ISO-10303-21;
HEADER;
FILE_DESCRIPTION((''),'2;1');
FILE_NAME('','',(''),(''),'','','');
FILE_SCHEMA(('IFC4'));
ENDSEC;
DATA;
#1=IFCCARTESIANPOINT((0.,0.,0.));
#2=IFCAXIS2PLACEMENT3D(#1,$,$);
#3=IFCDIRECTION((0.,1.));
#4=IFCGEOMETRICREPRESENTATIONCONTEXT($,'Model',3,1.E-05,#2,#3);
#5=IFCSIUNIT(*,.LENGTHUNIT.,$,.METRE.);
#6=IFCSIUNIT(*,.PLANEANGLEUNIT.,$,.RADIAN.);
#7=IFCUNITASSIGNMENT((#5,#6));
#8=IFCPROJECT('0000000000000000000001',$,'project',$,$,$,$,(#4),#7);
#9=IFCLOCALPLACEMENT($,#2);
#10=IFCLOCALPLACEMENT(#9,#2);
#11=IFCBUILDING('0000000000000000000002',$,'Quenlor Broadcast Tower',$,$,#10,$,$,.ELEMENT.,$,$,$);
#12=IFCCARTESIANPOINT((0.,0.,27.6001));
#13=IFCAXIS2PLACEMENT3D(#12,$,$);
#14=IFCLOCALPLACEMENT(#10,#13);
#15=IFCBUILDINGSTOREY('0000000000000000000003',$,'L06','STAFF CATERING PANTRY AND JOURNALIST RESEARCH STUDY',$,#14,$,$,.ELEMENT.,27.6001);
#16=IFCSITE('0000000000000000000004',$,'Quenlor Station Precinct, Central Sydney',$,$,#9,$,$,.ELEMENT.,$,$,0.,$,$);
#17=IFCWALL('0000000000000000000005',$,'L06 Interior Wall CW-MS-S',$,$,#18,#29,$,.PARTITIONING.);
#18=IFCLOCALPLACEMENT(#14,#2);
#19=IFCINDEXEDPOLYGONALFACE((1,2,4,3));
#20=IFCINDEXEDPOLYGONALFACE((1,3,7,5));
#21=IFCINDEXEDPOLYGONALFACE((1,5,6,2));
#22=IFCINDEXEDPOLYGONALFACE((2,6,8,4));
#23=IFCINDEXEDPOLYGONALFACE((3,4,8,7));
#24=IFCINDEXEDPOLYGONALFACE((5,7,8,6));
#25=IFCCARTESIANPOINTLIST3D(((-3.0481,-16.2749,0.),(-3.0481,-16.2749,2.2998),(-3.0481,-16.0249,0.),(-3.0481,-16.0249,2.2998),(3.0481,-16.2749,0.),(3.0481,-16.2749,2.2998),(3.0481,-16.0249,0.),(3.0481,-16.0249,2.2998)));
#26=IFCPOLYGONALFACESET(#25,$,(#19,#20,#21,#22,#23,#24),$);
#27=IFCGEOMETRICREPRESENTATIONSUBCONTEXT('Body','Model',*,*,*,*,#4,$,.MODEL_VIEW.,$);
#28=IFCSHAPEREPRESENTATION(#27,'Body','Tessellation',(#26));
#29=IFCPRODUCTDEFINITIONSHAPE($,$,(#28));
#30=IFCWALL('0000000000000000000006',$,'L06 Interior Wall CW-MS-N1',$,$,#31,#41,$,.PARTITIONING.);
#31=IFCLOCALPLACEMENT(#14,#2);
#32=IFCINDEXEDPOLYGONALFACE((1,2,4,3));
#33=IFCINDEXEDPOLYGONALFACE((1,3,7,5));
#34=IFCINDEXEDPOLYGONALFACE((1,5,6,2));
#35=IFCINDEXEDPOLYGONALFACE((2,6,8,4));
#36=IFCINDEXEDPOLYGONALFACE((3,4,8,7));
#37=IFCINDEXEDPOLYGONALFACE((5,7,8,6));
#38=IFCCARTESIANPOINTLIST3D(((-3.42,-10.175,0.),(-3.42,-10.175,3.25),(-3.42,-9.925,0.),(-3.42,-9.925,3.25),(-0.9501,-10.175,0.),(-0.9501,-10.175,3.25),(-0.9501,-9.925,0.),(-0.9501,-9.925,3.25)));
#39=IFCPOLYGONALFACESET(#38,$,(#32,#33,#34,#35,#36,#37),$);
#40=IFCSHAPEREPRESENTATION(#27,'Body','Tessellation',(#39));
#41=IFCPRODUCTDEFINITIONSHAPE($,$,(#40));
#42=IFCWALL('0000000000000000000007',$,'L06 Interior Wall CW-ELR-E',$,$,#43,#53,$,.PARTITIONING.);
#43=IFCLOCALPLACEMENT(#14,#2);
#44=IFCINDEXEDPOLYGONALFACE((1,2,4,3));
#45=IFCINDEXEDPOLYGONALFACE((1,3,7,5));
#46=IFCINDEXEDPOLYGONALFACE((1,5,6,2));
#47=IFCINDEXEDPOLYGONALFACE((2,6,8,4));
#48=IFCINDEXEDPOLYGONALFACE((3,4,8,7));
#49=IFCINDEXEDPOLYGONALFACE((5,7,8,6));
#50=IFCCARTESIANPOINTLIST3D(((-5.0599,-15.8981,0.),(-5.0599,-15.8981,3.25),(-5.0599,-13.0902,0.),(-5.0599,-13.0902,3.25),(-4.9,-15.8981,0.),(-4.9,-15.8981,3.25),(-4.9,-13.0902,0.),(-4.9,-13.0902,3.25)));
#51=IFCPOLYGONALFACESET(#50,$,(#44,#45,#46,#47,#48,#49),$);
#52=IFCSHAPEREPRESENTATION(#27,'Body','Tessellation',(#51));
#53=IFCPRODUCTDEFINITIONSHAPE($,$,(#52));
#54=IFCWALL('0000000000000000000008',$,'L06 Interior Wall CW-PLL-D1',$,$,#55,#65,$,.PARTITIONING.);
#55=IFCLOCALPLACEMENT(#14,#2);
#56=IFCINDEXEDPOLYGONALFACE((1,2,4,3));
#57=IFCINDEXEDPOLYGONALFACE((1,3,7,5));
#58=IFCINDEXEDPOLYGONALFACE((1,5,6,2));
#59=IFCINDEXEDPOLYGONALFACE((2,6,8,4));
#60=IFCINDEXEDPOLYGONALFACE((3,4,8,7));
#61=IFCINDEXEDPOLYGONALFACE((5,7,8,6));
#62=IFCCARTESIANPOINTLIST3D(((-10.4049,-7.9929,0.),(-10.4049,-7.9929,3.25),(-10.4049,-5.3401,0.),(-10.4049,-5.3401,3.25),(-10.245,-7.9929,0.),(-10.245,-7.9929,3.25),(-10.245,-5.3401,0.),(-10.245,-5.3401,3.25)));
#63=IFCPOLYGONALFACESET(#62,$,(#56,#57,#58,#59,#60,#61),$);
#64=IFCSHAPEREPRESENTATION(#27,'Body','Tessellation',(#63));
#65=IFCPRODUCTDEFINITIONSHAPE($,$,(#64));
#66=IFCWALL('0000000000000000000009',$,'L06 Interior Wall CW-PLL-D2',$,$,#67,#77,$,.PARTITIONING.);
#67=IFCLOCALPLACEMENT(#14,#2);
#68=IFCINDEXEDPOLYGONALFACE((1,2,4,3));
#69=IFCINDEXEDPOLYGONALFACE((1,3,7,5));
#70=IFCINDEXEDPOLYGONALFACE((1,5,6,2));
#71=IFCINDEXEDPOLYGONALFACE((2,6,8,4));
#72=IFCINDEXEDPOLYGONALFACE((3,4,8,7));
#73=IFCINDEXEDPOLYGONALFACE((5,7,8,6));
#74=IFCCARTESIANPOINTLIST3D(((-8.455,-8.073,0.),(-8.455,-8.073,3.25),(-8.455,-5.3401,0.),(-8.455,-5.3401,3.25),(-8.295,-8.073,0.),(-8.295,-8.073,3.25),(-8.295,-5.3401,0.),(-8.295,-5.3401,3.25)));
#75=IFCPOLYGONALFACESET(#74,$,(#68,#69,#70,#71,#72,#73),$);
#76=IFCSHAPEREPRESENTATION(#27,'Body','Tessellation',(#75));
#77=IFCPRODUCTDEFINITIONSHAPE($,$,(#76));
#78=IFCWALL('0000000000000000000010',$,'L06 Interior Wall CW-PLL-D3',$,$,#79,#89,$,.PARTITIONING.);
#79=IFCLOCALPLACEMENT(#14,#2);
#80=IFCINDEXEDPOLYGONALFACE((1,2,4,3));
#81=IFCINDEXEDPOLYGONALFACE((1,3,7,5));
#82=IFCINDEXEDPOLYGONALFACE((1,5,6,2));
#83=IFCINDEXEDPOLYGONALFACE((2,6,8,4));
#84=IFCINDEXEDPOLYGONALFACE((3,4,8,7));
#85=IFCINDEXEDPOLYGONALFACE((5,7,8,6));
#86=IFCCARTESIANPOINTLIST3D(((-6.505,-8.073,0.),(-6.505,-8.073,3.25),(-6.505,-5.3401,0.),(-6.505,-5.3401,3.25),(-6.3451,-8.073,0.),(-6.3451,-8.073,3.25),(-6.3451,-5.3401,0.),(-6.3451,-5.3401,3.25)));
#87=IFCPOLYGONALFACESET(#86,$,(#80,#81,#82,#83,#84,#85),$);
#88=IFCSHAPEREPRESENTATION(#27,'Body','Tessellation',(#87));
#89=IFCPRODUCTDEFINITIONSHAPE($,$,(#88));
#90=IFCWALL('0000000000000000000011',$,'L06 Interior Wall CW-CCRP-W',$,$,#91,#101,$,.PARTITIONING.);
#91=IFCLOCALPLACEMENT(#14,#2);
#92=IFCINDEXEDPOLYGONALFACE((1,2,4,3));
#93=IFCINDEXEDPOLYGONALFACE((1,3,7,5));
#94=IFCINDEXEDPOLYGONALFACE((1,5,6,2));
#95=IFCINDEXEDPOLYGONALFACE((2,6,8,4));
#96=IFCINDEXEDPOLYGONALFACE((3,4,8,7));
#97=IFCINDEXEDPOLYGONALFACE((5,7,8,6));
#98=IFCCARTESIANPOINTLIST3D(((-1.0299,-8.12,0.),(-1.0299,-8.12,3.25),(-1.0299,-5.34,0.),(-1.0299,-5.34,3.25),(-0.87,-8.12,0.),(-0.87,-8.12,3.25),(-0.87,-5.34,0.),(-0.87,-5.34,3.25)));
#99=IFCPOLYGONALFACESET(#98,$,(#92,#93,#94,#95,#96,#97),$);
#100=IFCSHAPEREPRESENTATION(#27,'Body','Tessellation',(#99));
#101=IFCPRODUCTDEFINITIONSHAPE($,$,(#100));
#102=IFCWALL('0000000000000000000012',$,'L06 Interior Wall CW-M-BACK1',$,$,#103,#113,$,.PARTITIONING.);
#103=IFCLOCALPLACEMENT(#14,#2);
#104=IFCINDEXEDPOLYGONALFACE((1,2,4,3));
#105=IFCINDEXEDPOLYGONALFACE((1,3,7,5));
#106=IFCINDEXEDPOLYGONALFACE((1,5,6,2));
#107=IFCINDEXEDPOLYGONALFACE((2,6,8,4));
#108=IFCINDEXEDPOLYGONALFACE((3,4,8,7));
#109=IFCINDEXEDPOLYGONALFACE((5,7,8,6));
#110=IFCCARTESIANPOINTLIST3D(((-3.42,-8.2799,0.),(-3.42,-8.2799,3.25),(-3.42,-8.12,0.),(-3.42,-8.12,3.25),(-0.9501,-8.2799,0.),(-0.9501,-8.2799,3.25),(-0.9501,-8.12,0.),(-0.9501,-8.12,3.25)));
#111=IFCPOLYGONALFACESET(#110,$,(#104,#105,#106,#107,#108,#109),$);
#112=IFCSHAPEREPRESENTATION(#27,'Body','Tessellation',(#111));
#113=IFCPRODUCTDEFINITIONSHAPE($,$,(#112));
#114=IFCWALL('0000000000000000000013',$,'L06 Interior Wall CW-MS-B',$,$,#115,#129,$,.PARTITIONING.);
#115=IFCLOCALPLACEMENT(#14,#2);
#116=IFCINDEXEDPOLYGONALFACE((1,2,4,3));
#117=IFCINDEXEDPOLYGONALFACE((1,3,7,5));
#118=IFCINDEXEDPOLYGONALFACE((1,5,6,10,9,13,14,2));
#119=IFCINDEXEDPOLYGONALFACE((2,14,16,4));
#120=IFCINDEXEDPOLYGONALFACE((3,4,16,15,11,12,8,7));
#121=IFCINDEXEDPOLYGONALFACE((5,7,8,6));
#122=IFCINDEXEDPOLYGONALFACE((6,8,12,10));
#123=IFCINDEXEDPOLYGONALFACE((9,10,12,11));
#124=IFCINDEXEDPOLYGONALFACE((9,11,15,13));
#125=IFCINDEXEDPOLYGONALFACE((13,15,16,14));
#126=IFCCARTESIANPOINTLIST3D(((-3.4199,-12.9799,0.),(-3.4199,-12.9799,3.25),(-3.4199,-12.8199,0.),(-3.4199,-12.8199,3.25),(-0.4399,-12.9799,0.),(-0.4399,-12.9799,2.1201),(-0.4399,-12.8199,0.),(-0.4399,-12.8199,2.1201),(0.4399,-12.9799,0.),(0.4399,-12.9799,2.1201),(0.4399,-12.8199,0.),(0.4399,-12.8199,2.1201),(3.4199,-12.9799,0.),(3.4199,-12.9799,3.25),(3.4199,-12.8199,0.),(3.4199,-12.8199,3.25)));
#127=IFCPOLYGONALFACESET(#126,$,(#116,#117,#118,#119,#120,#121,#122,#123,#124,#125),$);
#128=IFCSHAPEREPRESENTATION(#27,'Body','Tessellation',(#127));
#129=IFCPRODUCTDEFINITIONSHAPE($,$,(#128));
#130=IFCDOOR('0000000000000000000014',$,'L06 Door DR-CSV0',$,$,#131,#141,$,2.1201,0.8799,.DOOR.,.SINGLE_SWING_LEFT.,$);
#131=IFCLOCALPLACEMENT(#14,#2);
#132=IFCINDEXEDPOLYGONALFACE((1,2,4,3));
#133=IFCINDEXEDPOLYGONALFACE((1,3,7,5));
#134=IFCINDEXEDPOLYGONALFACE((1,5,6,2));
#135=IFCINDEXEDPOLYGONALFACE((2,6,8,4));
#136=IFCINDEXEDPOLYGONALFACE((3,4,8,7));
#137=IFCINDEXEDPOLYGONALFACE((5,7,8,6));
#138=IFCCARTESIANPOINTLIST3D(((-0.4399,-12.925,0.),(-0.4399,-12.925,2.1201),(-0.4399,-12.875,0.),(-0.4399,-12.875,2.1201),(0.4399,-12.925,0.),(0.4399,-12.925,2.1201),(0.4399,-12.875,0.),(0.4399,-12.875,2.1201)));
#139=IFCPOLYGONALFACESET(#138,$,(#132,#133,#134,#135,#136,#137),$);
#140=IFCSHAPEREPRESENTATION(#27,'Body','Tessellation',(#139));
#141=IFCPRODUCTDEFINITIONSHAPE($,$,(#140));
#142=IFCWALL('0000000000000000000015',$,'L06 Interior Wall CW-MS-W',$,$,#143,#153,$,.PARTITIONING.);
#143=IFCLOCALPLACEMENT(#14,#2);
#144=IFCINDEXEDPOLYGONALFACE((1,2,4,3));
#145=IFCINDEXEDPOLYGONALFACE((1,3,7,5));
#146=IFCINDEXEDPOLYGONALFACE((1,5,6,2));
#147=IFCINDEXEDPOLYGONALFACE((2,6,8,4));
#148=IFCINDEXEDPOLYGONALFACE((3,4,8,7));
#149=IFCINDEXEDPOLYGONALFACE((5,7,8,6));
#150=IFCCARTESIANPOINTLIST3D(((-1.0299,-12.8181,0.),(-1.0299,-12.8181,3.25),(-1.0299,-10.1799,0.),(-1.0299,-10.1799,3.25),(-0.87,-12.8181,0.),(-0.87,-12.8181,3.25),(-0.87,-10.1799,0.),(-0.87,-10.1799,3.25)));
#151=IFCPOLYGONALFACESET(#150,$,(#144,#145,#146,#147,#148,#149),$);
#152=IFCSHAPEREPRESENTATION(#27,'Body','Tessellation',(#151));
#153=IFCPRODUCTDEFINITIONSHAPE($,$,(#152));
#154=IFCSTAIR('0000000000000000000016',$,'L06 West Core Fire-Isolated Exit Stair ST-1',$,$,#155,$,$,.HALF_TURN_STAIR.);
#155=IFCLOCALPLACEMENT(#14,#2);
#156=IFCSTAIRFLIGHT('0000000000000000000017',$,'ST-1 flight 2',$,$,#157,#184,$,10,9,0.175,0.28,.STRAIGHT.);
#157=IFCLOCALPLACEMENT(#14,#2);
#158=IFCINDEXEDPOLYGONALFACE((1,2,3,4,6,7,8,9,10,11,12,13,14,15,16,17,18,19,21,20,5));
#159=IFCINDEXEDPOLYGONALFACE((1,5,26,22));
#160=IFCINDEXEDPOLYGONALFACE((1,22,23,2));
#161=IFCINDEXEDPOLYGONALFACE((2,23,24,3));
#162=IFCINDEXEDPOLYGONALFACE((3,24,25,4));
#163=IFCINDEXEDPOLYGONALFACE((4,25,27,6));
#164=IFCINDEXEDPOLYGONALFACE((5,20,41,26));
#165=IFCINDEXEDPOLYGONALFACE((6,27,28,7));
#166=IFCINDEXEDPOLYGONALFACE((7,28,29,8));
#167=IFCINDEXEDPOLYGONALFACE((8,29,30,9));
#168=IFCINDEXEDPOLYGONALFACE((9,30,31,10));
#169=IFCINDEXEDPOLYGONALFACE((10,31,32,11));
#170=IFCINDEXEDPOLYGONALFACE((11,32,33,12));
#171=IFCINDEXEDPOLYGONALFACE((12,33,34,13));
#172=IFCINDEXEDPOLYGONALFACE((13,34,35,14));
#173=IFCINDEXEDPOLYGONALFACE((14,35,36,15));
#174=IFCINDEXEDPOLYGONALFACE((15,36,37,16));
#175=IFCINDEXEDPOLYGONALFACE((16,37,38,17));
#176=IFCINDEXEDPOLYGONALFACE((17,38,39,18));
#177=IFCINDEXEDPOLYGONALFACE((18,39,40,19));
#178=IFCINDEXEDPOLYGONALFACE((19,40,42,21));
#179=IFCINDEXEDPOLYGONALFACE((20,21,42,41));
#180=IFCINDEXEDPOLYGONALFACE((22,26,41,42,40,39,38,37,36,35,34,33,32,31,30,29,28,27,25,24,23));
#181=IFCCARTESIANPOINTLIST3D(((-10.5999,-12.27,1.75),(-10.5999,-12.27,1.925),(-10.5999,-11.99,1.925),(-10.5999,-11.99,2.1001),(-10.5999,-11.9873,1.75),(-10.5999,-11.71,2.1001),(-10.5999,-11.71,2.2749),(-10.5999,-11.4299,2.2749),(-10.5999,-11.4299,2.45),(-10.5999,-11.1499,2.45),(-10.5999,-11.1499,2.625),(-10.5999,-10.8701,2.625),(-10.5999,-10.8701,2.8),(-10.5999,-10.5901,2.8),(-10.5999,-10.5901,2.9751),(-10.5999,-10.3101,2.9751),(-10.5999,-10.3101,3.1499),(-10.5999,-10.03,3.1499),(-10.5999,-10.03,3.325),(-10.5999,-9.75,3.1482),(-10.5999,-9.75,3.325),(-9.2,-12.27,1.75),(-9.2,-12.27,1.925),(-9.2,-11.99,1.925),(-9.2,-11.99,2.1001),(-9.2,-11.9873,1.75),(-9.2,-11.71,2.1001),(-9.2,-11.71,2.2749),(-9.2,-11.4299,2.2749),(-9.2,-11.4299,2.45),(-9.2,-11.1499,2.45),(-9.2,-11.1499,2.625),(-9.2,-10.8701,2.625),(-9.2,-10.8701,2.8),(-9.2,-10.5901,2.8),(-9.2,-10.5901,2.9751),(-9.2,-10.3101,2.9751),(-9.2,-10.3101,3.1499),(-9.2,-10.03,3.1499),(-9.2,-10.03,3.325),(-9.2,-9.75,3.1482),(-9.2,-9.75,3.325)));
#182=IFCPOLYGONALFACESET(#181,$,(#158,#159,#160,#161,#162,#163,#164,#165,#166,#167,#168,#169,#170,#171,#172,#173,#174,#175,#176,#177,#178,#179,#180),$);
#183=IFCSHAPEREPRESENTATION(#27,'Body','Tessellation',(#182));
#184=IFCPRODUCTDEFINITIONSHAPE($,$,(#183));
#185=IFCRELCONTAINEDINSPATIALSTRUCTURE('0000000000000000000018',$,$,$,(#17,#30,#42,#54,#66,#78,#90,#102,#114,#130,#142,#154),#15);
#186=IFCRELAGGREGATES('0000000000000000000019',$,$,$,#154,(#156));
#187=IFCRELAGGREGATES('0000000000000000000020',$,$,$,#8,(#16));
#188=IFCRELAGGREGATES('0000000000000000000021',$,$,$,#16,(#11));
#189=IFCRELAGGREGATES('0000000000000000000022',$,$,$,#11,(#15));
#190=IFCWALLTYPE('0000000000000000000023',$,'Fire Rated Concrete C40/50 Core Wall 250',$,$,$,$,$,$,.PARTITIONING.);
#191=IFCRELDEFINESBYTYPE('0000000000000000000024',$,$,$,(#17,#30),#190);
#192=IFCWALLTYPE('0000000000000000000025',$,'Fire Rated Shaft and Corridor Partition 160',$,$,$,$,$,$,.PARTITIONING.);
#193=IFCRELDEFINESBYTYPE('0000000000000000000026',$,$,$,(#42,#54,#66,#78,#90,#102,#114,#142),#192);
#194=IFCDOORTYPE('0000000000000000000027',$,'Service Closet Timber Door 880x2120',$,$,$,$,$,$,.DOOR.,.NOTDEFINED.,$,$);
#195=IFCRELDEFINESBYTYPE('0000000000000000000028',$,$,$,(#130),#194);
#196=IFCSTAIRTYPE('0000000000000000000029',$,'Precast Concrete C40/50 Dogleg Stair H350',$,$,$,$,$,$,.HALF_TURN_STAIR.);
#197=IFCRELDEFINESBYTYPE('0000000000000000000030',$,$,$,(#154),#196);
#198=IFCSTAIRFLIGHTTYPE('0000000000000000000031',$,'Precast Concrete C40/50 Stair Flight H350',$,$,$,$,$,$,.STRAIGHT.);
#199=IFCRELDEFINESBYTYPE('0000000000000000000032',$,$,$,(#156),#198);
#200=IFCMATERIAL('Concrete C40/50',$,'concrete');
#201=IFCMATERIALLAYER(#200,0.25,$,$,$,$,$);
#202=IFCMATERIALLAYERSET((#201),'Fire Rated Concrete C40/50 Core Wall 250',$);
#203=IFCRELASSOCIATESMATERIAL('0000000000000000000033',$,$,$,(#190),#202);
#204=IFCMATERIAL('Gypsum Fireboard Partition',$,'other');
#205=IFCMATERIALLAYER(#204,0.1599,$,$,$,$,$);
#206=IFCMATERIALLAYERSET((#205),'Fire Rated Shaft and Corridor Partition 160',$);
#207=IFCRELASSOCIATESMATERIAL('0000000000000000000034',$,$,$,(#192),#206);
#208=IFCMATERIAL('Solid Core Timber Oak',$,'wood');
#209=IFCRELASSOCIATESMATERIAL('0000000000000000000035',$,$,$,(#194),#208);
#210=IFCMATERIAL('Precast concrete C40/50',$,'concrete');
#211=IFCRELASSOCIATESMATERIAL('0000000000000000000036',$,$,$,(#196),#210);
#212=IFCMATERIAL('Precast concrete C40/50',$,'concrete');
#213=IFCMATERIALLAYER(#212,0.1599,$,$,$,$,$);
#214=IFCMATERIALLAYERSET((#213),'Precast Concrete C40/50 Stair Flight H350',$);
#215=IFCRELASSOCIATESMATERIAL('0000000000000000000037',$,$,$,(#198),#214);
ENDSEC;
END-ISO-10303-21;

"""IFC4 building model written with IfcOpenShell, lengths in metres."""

from ifc_helpers import new_model, si_unit, direction, frame, frame_2d, origin, place, context, subcontext, project, spatial, polyline, rectangle, outline, extrude, material, layer, layer_set, type_object, element, fill, aggregate, save


model = new_model("IFC4")

# Units and contexts
model_context = context("Model", 3, precision=1e-05, world=origin(), true_north=direction((0.0, 1.0)))
body_context = subcontext(model_context, "Body", "Model", "MODEL_VIEW")
ifc_project = project(units=[si_unit("LENGTHUNIT", "METRE"), si_unit("PLANEANGLEUNIT", "RADIAN")], contexts=[model_context])

# Site, building, storey
site_placement = place(None, origin())
site = spatial("IfcSite", under=ifc_project, at=site_placement, Name="Quenlor Station Precinct, Central Sydney", CompositionType="ELEMENT", RefElevation=0.0)
building_placement = place(site_placement, origin())
building = spatial("IfcBuilding", under=site, at=building_placement, Name="Quenlor Broadcast Tower", CompositionType="ELEMENT")
storey_placement = place(building_placement, frame((0.0, 0.0, 27.6001)))
storey = spatial("IfcBuildingStorey", under=building, at=storey_placement, Name="L06", Description="STAFF CATERING PANTRY AND JOURNALIST RESEARCH STUDY", CompositionType="ELEMENT", Elevation=27.6001)

# Shared definitions
ifc_material_1 = material(Name="Concrete C40/50", Category="concrete")
ifc_layer_1 = layer(ifc_material_1, 0.25)
ifc_layer_set_1 = layer_set([ifc_layer_1], Name="Fire Rated Concrete C40/50 Core Wall 250")
wall_type_1 = type_object("IfcWallType", Name="Fire Rated Concrete C40/50 Core Wall 250", PredefinedType="PARTITIONING", material=ifc_layer_set_1)

# Walls
wall_1_placement = place(storey_placement, frame((-3.0481, -16.1499, 0.0), z_axis=(0.0, 0.0, 1.0), x_axis=(1.0, 0.0, 0.0)))
element("IfcWall", 1, at=wall_1_placement, inside=storey, type_object=wall_type_1, Name="L06 Interior Wall CW-MS-S", PredefinedType="PARTITIONING", context=body_context, shape_type="SweptSolid", body=[
    extrude(rectangle(XDim=6.0962, YDim=0.25, at=frame_2d((3.0481, 0.0))), origin(), (0.0, 0.0, 1.0), 2.2998),
])
wall_2_placement = place(storey_placement, frame((-3.4199, -10.05, 0.0), z_axis=(0.0, 0.0, 1.0), x_axis=(1.0, 0.0, 0.0)))
element("IfcWall", 2, at=wall_2_placement, inside=storey, type_object=wall_type_1, Name="L06 Interior Wall CW-MS-N1", PredefinedType="PARTITIONING", context=body_context, shape_type="SweptSolid", body=[
    extrude(rectangle(XDim=2.47, YDim=0.25, at=frame_2d((1.2349, 0.0))), origin(), (0.0, 0.0, 1.0), 3.25),
])
ifc_material_2 = material(Name="Gypsum Fireboard Partition", Category="other")
ifc_layer_2 = layer(ifc_material_2, 0.1599)
ifc_layer_set_2 = layer_set([ifc_layer_2], Name="Fire Rated Shaft and Corridor Partition 160")
wall_type_2 = type_object("IfcWallType", Name="Fire Rated Shaft and Corridor Partition 160", PredefinedType="PARTITIONING", material=ifc_layer_set_2)
wall_3_placement = place(storey_placement, frame((-4.98, -15.8979, 0.0), z_axis=(0.0, 0.0, 1.0), x_axis=(0.0, 1.0, 0.0)))
element("IfcWall", 3, at=wall_3_placement, inside=storey, type_object=wall_type_2, Name="L06 Interior Wall CW-ELR-E", PredefinedType="PARTITIONING", context=body_context, shape_type="SweptSolid", body=[
    extrude(rectangle(XDim=2.8079, YDim=0.1599, at=frame_2d((1.4038, 0.0))), origin(), (0.0, 0.0, 1.0), 3.25),
])
wall_4_placement = place(storey_placement, frame((-10.325, -7.9929, 0.0), z_axis=(0.0, 0.0, 1.0), x_axis=(0.0, 1.0, 0.0)))
element("IfcWall", 4, at=wall_4_placement, inside=storey, type_object=wall_type_2, Name="L06 Interior Wall CW-PLL-D1", PredefinedType="PARTITIONING", context=body_context, shape_type="SweptSolid", body=[
    extrude(rectangle(XDim=2.6528, YDim=0.1599, at=frame_2d((1.3264, 0.0))), origin(), (0.0, 0.0, 1.0), 3.25),
])
for number, where, z_axis, x_axis, name in (
    (5, (-8.375, -8.073, 0.0), (0.0, 0.0, 1.0), (0.0, 1.0, 0.0), "L06 Interior Wall CW-PLL-D2"),
    (6, (-6.425, -8.073, 0.0), (0.0, 0.0, 1.0), (0.0, 1.0, 0.0), "L06 Interior Wall CW-PLL-D3"),
):
    element("IfcWall", number, at=place(storey_placement, frame(where, z_axis=z_axis, x_axis=x_axis)), inside=storey, type_object=wall_type_2, Name=name, PredefinedType="PARTITIONING", context=body_context, shape_type="SweptSolid", body=[
        extrude(rectangle(XDim=2.7329, YDim=0.1599, at=frame_2d((1.3665, 0.0))), origin(), (0.0, 0.0, 1.0), 3.25),
    ])
wall_5_placement = place(storey_placement, frame((-0.95, -8.1201, 0.0), z_axis=(0.0, 0.0, 1.0), x_axis=(0.0, 1.0, 0.0)))
element("IfcWall", 7, at=wall_5_placement, inside=storey, type_object=wall_type_2, Name="L06 Interior Wall CW-CCRP-W", PredefinedType="PARTITIONING", context=body_context, shape_type="SweptSolid", body=[
    extrude(rectangle(XDim=2.78, YDim=0.1599, at=frame_2d((1.3901, 0.0))), origin(), (0.0, 0.0, 1.0), 3.25),
])
wall_6_placement = place(storey_placement, frame((-3.4199, -8.2, 0.0), z_axis=(0.0, 0.0, 1.0), x_axis=(1.0, 0.0, 0.0)))
element("IfcWall", 8, at=wall_6_placement, inside=storey, type_object=wall_type_2, Name="L06 Interior Wall CW-M-BACK1", PredefinedType="PARTITIONING", context=body_context, shape_type="SweptSolid", body=[
    extrude(rectangle(XDim=2.47, YDim=0.1599, at=frame_2d((1.2349, 0.0))), origin(), (0.0, 0.0, 1.0), 3.25),
])

# Wall, opening, door
wall_7_placement = place(storey_placement, frame((-3.4199, -12.8999, 0.0), z_axis=(0.0, 0.0, 1.0), x_axis=(1.0, 0.0, 0.0)))
wall_7 = element("IfcWall", 9, at=wall_7_placement, inside=storey, type_object=wall_type_2, Name="L06 Interior Wall CW-MS-B", PredefinedType="PARTITIONING", context=body_context, shape_type="SweptSolid", body=[
    extrude(rectangle(XDim=6.8398, YDim=0.1599, at=frame_2d((3.4199, 0.0))), origin(), (0.0, 0.0, 1.0), 3.25),
])
opening_1_placement = place(wall_7_placement, frame((2.98, 0.0, 0.0)))
opening_1 = element("IfcOpeningElement", 10, at=opening_1_placement, cuts=wall_7, PredefinedType="OPENING", context=body_context, shape_type="SweptSolid", body=[
    extrude(rectangle(XDim=0.8799, YDim=2.1201, at=frame_2d((0.4399, 1.0601))), frame((0.0, 0.0898, 0.0), z_axis=(0.0, -1.0, 0.0), x_axis=(1.0, 0.0, 0.0)), (0.0, 0.0, 1.0), 0.1799),
])
ifc_material_3 = material(Name="Solid Core Timber Oak", Category="wood")
door_type_1 = type_object("IfcDoorType", Name="Service Closet Timber Door 880x2120", OperationType="NOTDEFINED", PredefinedType="DOOR", material=ifc_material_3)
door_1_placement = place(opening_1_placement, origin())
door_1 = element("IfcDoor", 11, at=door_1_placement, inside=storey, type_object=door_type_1, Name="L06 Door DR-CSV0", OperationType="SINGLE_SWING_LEFT", OverallHeight=2.1201, OverallWidth=0.8799, PredefinedType="DOOR", context=body_context, shape_type="SweptSolid", body=[
    extrude(rectangle(XDim=0.8799, YDim=2.1201, at=frame_2d((0.4399, 1.0601))), frame((0.0, 0.0249, 0.0), z_axis=(0.0, -1.0, 0.0), x_axis=(1.0, 0.0, 0.0)), (0.0, 0.0, 1.0), 0.05),
])
fill(opening_1, door_1)

# Wall
wall_8_placement = place(storey_placement, frame((-0.95, -12.8181, 0.0), z_axis=(0.0, 0.0, 1.0), x_axis=(0.0, 1.0, 0.0)))
element("IfcWall", 12, at=wall_8_placement, inside=storey, type_object=wall_type_2, Name="L06 Interior Wall CW-MS-W", PredefinedType="PARTITIONING", context=body_context, shape_type="SweptSolid", body=[
    extrude(rectangle(XDim=2.6382, YDim=0.1599, at=frame_2d((1.3191, 0.0))), origin(), (0.0, 0.0, 1.0), 3.25),
])

# Stair, stair flight
ifc_material_4 = material(Name="Precast concrete C40/50", Category="concrete")
stair_type = type_object("IfcStairType", Name="Precast Concrete C40/50 Dogleg Stair H350", PredefinedType="HALF_TURN_STAIR", material=ifc_material_4)
stair_placement = place(storey_placement, origin())
stair = element("IfcStair", 13, at=stair_placement, inside=storey, type_object=stair_type, Name="L06 West Core Fire-Isolated Exit Stair ST-1", PredefinedType="HALF_TURN_STAIR")
ifc_material_5 = material(Name="Precast concrete C40/50", Category="concrete")
ifc_layer_3 = layer(ifc_material_5, 0.1599)
ifc_layer_set_3 = layer_set([ifc_layer_3], Name="Precast Concrete C40/50 Stair Flight H350")
stair_flight_type = type_object("IfcStairFlightType", Name="Precast Concrete C40/50 Stair Flight H350", PredefinedType="STRAIGHT", material=ifc_layer_set_3)
stair_flight_placement = place(storey_placement, frame((-9.8999, -12.27, 1.75), z_axis=(0.0, 0.0, 1.0), x_axis=(0.0, 1.0, 0.0)))
stair_flight = element("IfcStairFlight", 14, at=stair_flight_placement, type_object=stair_flight_type, Name="ST-1 flight 2", NumberOfRisers=10, NumberOfTreads=9, PredefinedType="STRAIGHT", RiserHeight=0.175, TreadLength=0.28, context=body_context, shape_type="SweptSolid", body=[
    extrude(outline(polyline([(0.0, 0.0), (0.0, 0.175), (0.28, 0.175), (0.28, 0.3501), (0.5601, 0.3501), (0.5601, 0.5249), (0.8401, 0.5249), (0.8401, 0.7), (1.1201, 0.7), (1.1201, 0.875), (1.3999, 0.875), (1.3999, 1.05), (1.6799, 1.05), (1.6799, 1.2251), (1.96, 1.2251), (1.96, 1.3999), (2.24, 1.3999), (2.24, 1.575), (2.52, 1.575), (2.52, 1.75), (2.52, 1.3982), (0.2827, 0.0), (0.0, 0.0)])), frame((0.0, 0.7, 0.0), z_axis=(0.0, -1.0, 0.0), x_axis=(1.0, 0.0, 0.0)), (0.0, 0.0, 1.0), 1.3999),
])
aggregate(stair, [stair_flight])

save(model, "model.ifc")
